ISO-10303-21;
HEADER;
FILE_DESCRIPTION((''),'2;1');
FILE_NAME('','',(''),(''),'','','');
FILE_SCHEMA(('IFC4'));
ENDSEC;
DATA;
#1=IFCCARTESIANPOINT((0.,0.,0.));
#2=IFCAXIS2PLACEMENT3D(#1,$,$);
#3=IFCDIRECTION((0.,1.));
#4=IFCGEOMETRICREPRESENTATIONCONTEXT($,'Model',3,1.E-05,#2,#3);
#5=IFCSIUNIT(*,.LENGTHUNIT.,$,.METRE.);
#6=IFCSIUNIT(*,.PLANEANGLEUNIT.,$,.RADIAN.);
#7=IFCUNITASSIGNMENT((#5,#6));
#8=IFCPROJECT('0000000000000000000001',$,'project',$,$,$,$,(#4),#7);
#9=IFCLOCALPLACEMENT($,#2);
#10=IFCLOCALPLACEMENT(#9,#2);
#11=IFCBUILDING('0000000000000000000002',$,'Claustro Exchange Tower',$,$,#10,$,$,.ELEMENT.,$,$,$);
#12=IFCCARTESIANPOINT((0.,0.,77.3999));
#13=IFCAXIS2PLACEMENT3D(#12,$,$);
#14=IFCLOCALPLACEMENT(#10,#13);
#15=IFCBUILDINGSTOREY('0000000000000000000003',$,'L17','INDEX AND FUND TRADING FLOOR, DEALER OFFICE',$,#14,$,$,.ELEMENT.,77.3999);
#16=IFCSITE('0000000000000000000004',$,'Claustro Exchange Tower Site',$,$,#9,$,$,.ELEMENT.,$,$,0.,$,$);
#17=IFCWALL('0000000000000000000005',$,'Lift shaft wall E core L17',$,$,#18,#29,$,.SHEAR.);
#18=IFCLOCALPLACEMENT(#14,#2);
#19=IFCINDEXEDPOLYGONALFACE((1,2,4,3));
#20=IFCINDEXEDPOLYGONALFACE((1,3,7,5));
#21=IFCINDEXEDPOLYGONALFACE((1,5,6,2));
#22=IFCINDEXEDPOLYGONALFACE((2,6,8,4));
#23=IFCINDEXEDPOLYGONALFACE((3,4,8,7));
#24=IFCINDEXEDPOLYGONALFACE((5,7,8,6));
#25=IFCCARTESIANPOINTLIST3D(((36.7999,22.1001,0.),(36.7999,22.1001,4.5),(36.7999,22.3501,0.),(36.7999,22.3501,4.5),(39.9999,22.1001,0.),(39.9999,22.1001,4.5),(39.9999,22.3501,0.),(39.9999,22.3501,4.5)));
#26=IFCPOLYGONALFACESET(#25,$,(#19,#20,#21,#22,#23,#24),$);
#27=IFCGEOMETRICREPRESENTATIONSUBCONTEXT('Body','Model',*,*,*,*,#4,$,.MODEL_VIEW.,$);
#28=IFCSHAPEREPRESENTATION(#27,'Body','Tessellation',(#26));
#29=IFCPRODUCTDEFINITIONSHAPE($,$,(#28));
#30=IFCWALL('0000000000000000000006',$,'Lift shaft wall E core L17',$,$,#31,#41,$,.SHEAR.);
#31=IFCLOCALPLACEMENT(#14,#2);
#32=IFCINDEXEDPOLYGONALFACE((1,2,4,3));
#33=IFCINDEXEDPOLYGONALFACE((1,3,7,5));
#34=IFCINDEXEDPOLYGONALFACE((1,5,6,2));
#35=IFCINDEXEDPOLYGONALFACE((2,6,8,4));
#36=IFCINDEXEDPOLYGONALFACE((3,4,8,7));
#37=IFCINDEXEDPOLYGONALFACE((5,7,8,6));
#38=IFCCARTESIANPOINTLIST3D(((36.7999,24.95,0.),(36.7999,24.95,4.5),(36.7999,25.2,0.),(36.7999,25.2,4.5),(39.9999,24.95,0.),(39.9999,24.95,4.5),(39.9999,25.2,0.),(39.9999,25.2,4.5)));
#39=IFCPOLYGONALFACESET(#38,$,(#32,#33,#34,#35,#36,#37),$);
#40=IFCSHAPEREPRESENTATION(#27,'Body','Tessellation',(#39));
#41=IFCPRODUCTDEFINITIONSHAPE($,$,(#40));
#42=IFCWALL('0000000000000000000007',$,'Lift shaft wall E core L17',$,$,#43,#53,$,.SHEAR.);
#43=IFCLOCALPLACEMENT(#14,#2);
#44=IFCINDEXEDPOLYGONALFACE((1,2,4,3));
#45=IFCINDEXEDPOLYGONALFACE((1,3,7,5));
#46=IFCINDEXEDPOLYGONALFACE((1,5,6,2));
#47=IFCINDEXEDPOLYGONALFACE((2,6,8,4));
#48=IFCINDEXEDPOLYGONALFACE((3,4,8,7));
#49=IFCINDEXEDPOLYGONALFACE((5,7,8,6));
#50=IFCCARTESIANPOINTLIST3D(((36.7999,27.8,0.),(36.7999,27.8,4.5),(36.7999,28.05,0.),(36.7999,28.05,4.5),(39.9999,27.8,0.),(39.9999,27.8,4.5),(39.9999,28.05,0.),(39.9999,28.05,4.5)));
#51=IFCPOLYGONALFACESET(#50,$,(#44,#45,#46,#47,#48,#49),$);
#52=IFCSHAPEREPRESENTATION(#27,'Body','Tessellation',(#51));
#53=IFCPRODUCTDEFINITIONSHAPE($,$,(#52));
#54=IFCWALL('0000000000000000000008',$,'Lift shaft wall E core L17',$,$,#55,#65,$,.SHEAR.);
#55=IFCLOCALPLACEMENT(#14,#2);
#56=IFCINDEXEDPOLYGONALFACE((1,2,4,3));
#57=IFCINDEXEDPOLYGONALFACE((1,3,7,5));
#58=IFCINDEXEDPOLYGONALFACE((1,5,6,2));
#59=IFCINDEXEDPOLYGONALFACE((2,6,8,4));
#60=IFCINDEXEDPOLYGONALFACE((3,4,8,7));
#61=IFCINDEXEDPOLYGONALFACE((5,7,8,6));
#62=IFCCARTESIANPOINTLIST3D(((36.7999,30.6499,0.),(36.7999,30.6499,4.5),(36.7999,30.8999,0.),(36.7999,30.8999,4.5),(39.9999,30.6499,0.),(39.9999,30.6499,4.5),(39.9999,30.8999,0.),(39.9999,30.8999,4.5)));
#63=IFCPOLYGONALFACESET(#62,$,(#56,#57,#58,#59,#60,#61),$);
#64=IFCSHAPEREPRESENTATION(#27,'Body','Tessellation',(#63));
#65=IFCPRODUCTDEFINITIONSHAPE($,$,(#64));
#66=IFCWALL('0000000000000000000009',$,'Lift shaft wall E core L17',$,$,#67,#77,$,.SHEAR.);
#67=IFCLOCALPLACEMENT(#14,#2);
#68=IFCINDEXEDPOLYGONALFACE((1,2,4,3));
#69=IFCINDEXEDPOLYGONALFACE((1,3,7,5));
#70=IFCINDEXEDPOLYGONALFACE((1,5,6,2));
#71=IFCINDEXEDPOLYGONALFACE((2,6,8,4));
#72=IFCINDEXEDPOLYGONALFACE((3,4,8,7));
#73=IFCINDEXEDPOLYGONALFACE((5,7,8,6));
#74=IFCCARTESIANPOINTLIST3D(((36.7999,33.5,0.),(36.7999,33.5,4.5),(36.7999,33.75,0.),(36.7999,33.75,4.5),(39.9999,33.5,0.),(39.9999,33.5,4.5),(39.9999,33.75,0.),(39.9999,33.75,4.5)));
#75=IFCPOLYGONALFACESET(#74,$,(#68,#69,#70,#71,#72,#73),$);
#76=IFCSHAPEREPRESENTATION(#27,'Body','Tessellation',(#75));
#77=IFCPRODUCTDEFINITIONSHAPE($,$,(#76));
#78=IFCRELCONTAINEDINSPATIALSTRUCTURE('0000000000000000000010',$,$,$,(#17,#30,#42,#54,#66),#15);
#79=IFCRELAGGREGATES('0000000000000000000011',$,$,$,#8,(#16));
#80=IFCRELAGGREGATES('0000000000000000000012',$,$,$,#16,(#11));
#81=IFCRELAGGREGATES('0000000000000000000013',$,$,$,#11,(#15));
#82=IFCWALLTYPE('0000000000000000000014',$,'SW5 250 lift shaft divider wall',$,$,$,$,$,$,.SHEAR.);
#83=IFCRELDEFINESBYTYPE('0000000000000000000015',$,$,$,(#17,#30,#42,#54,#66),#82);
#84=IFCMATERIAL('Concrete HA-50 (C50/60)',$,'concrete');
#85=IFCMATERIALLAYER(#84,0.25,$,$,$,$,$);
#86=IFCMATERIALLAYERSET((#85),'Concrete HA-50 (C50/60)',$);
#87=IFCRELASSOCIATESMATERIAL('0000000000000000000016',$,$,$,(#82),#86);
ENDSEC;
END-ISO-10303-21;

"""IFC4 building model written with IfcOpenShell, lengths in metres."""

from ifc_helpers import new_model, si_unit, direction, frame, frame_2d, origin, place, context, subcontext, project, spatial, rectangle, extrude, material, layer, layer_set, type_object, element, save


model = new_model("IFC4")

# Units and contexts
model_context = context("Model", 3, precision=1e-05, world=origin(), true_north=direction((0.0, 1.0)))
body_context = subcontext(model_context, "Body", "Model", "MODEL_VIEW")
ifc_project = project(units=[si_unit("LENGTHUNIT", "METRE"), si_unit("PLANEANGLEUNIT", "RADIAN")], contexts=[model_context])

# Site, building, storey
site_placement = place(None, origin())
site = spatial("IfcSite", under=ifc_project, at=site_placement, Name="Claustro Exchange Tower Site", CompositionType="ELEMENT", RefElevation=0.0)
building_placement = place(site_placement, origin())
building = spatial("IfcBuilding", under=site, at=building_placement, Name="Claustro Exchange Tower", CompositionType="ELEMENT")
storey_placement = place(building_placement, frame((0.0, 0.0, 77.3999)))
storey = spatial("IfcBuildingStorey", under=building, at=storey_placement, Name="L17", Description="INDEX AND FUND TRADING FLOOR, DEALER OFFICE", CompositionType="ELEMENT", Elevation=77.3999)

# Walls
ifc_material_1 = material(Name="Concrete HA-50 (C50/60)", Category="concrete")
ifc_layer_1 = layer(ifc_material_1, 0.25)
ifc_layer_set_1 = layer_set([ifc_layer_1], Name="Concrete HA-50 (C50/60)")
wall_type_1 = type_object("IfcWallType", Name="SW5 250 lift shaft divider wall", PredefinedType="SHEAR", material=ifc_layer_set_1)
for number, where, z_axis, x_axis, name in (
    (1, (40.0, 22.2251, 0.0), (0.0, 0.0, 1.0), (-1.0, 0.0, 0.0), "Lift shaft wall E core L17"),
    (2, (40.0, 25.075, 0.0), (0.0, 0.0, 1.0), (-1.0, 0.0, 0.0), "Lift shaft wall E core L17"),
    (3, (40.0, 27.925, 0.0), (0.0, 0.0, 1.0), (-1.0, 0.0, 0.0), "Lift shaft wall E core L17"),
    (4, (40.0, 30.7749, 0.0), (0.0, 0.0, 1.0), (-1.0, 0.0, 0.0), "Lift shaft wall E core L17"),
    (5, (40.0, 33.625, 0.0), (0.0, 0.0, 1.0), (-1.0, 0.0, 0.0), "Lift shaft wall E core L17"),
):
    element("IfcWall", number, at=place(storey_placement, frame(where, z_axis=z_axis, x_axis=x_axis)), inside=storey, type_object=wall_type_1, Name=name, PredefinedType="SHEAR", context=body_context, shape_type="SweptSolid", body=[
        extrude(rectangle(XDim=3.2, YDim=0.25, at=frame_2d((1.6001, 0.0))), origin(), (0.0, 0.0, 1.0), 4.5),
    ])

save(model, "model.ifc")
